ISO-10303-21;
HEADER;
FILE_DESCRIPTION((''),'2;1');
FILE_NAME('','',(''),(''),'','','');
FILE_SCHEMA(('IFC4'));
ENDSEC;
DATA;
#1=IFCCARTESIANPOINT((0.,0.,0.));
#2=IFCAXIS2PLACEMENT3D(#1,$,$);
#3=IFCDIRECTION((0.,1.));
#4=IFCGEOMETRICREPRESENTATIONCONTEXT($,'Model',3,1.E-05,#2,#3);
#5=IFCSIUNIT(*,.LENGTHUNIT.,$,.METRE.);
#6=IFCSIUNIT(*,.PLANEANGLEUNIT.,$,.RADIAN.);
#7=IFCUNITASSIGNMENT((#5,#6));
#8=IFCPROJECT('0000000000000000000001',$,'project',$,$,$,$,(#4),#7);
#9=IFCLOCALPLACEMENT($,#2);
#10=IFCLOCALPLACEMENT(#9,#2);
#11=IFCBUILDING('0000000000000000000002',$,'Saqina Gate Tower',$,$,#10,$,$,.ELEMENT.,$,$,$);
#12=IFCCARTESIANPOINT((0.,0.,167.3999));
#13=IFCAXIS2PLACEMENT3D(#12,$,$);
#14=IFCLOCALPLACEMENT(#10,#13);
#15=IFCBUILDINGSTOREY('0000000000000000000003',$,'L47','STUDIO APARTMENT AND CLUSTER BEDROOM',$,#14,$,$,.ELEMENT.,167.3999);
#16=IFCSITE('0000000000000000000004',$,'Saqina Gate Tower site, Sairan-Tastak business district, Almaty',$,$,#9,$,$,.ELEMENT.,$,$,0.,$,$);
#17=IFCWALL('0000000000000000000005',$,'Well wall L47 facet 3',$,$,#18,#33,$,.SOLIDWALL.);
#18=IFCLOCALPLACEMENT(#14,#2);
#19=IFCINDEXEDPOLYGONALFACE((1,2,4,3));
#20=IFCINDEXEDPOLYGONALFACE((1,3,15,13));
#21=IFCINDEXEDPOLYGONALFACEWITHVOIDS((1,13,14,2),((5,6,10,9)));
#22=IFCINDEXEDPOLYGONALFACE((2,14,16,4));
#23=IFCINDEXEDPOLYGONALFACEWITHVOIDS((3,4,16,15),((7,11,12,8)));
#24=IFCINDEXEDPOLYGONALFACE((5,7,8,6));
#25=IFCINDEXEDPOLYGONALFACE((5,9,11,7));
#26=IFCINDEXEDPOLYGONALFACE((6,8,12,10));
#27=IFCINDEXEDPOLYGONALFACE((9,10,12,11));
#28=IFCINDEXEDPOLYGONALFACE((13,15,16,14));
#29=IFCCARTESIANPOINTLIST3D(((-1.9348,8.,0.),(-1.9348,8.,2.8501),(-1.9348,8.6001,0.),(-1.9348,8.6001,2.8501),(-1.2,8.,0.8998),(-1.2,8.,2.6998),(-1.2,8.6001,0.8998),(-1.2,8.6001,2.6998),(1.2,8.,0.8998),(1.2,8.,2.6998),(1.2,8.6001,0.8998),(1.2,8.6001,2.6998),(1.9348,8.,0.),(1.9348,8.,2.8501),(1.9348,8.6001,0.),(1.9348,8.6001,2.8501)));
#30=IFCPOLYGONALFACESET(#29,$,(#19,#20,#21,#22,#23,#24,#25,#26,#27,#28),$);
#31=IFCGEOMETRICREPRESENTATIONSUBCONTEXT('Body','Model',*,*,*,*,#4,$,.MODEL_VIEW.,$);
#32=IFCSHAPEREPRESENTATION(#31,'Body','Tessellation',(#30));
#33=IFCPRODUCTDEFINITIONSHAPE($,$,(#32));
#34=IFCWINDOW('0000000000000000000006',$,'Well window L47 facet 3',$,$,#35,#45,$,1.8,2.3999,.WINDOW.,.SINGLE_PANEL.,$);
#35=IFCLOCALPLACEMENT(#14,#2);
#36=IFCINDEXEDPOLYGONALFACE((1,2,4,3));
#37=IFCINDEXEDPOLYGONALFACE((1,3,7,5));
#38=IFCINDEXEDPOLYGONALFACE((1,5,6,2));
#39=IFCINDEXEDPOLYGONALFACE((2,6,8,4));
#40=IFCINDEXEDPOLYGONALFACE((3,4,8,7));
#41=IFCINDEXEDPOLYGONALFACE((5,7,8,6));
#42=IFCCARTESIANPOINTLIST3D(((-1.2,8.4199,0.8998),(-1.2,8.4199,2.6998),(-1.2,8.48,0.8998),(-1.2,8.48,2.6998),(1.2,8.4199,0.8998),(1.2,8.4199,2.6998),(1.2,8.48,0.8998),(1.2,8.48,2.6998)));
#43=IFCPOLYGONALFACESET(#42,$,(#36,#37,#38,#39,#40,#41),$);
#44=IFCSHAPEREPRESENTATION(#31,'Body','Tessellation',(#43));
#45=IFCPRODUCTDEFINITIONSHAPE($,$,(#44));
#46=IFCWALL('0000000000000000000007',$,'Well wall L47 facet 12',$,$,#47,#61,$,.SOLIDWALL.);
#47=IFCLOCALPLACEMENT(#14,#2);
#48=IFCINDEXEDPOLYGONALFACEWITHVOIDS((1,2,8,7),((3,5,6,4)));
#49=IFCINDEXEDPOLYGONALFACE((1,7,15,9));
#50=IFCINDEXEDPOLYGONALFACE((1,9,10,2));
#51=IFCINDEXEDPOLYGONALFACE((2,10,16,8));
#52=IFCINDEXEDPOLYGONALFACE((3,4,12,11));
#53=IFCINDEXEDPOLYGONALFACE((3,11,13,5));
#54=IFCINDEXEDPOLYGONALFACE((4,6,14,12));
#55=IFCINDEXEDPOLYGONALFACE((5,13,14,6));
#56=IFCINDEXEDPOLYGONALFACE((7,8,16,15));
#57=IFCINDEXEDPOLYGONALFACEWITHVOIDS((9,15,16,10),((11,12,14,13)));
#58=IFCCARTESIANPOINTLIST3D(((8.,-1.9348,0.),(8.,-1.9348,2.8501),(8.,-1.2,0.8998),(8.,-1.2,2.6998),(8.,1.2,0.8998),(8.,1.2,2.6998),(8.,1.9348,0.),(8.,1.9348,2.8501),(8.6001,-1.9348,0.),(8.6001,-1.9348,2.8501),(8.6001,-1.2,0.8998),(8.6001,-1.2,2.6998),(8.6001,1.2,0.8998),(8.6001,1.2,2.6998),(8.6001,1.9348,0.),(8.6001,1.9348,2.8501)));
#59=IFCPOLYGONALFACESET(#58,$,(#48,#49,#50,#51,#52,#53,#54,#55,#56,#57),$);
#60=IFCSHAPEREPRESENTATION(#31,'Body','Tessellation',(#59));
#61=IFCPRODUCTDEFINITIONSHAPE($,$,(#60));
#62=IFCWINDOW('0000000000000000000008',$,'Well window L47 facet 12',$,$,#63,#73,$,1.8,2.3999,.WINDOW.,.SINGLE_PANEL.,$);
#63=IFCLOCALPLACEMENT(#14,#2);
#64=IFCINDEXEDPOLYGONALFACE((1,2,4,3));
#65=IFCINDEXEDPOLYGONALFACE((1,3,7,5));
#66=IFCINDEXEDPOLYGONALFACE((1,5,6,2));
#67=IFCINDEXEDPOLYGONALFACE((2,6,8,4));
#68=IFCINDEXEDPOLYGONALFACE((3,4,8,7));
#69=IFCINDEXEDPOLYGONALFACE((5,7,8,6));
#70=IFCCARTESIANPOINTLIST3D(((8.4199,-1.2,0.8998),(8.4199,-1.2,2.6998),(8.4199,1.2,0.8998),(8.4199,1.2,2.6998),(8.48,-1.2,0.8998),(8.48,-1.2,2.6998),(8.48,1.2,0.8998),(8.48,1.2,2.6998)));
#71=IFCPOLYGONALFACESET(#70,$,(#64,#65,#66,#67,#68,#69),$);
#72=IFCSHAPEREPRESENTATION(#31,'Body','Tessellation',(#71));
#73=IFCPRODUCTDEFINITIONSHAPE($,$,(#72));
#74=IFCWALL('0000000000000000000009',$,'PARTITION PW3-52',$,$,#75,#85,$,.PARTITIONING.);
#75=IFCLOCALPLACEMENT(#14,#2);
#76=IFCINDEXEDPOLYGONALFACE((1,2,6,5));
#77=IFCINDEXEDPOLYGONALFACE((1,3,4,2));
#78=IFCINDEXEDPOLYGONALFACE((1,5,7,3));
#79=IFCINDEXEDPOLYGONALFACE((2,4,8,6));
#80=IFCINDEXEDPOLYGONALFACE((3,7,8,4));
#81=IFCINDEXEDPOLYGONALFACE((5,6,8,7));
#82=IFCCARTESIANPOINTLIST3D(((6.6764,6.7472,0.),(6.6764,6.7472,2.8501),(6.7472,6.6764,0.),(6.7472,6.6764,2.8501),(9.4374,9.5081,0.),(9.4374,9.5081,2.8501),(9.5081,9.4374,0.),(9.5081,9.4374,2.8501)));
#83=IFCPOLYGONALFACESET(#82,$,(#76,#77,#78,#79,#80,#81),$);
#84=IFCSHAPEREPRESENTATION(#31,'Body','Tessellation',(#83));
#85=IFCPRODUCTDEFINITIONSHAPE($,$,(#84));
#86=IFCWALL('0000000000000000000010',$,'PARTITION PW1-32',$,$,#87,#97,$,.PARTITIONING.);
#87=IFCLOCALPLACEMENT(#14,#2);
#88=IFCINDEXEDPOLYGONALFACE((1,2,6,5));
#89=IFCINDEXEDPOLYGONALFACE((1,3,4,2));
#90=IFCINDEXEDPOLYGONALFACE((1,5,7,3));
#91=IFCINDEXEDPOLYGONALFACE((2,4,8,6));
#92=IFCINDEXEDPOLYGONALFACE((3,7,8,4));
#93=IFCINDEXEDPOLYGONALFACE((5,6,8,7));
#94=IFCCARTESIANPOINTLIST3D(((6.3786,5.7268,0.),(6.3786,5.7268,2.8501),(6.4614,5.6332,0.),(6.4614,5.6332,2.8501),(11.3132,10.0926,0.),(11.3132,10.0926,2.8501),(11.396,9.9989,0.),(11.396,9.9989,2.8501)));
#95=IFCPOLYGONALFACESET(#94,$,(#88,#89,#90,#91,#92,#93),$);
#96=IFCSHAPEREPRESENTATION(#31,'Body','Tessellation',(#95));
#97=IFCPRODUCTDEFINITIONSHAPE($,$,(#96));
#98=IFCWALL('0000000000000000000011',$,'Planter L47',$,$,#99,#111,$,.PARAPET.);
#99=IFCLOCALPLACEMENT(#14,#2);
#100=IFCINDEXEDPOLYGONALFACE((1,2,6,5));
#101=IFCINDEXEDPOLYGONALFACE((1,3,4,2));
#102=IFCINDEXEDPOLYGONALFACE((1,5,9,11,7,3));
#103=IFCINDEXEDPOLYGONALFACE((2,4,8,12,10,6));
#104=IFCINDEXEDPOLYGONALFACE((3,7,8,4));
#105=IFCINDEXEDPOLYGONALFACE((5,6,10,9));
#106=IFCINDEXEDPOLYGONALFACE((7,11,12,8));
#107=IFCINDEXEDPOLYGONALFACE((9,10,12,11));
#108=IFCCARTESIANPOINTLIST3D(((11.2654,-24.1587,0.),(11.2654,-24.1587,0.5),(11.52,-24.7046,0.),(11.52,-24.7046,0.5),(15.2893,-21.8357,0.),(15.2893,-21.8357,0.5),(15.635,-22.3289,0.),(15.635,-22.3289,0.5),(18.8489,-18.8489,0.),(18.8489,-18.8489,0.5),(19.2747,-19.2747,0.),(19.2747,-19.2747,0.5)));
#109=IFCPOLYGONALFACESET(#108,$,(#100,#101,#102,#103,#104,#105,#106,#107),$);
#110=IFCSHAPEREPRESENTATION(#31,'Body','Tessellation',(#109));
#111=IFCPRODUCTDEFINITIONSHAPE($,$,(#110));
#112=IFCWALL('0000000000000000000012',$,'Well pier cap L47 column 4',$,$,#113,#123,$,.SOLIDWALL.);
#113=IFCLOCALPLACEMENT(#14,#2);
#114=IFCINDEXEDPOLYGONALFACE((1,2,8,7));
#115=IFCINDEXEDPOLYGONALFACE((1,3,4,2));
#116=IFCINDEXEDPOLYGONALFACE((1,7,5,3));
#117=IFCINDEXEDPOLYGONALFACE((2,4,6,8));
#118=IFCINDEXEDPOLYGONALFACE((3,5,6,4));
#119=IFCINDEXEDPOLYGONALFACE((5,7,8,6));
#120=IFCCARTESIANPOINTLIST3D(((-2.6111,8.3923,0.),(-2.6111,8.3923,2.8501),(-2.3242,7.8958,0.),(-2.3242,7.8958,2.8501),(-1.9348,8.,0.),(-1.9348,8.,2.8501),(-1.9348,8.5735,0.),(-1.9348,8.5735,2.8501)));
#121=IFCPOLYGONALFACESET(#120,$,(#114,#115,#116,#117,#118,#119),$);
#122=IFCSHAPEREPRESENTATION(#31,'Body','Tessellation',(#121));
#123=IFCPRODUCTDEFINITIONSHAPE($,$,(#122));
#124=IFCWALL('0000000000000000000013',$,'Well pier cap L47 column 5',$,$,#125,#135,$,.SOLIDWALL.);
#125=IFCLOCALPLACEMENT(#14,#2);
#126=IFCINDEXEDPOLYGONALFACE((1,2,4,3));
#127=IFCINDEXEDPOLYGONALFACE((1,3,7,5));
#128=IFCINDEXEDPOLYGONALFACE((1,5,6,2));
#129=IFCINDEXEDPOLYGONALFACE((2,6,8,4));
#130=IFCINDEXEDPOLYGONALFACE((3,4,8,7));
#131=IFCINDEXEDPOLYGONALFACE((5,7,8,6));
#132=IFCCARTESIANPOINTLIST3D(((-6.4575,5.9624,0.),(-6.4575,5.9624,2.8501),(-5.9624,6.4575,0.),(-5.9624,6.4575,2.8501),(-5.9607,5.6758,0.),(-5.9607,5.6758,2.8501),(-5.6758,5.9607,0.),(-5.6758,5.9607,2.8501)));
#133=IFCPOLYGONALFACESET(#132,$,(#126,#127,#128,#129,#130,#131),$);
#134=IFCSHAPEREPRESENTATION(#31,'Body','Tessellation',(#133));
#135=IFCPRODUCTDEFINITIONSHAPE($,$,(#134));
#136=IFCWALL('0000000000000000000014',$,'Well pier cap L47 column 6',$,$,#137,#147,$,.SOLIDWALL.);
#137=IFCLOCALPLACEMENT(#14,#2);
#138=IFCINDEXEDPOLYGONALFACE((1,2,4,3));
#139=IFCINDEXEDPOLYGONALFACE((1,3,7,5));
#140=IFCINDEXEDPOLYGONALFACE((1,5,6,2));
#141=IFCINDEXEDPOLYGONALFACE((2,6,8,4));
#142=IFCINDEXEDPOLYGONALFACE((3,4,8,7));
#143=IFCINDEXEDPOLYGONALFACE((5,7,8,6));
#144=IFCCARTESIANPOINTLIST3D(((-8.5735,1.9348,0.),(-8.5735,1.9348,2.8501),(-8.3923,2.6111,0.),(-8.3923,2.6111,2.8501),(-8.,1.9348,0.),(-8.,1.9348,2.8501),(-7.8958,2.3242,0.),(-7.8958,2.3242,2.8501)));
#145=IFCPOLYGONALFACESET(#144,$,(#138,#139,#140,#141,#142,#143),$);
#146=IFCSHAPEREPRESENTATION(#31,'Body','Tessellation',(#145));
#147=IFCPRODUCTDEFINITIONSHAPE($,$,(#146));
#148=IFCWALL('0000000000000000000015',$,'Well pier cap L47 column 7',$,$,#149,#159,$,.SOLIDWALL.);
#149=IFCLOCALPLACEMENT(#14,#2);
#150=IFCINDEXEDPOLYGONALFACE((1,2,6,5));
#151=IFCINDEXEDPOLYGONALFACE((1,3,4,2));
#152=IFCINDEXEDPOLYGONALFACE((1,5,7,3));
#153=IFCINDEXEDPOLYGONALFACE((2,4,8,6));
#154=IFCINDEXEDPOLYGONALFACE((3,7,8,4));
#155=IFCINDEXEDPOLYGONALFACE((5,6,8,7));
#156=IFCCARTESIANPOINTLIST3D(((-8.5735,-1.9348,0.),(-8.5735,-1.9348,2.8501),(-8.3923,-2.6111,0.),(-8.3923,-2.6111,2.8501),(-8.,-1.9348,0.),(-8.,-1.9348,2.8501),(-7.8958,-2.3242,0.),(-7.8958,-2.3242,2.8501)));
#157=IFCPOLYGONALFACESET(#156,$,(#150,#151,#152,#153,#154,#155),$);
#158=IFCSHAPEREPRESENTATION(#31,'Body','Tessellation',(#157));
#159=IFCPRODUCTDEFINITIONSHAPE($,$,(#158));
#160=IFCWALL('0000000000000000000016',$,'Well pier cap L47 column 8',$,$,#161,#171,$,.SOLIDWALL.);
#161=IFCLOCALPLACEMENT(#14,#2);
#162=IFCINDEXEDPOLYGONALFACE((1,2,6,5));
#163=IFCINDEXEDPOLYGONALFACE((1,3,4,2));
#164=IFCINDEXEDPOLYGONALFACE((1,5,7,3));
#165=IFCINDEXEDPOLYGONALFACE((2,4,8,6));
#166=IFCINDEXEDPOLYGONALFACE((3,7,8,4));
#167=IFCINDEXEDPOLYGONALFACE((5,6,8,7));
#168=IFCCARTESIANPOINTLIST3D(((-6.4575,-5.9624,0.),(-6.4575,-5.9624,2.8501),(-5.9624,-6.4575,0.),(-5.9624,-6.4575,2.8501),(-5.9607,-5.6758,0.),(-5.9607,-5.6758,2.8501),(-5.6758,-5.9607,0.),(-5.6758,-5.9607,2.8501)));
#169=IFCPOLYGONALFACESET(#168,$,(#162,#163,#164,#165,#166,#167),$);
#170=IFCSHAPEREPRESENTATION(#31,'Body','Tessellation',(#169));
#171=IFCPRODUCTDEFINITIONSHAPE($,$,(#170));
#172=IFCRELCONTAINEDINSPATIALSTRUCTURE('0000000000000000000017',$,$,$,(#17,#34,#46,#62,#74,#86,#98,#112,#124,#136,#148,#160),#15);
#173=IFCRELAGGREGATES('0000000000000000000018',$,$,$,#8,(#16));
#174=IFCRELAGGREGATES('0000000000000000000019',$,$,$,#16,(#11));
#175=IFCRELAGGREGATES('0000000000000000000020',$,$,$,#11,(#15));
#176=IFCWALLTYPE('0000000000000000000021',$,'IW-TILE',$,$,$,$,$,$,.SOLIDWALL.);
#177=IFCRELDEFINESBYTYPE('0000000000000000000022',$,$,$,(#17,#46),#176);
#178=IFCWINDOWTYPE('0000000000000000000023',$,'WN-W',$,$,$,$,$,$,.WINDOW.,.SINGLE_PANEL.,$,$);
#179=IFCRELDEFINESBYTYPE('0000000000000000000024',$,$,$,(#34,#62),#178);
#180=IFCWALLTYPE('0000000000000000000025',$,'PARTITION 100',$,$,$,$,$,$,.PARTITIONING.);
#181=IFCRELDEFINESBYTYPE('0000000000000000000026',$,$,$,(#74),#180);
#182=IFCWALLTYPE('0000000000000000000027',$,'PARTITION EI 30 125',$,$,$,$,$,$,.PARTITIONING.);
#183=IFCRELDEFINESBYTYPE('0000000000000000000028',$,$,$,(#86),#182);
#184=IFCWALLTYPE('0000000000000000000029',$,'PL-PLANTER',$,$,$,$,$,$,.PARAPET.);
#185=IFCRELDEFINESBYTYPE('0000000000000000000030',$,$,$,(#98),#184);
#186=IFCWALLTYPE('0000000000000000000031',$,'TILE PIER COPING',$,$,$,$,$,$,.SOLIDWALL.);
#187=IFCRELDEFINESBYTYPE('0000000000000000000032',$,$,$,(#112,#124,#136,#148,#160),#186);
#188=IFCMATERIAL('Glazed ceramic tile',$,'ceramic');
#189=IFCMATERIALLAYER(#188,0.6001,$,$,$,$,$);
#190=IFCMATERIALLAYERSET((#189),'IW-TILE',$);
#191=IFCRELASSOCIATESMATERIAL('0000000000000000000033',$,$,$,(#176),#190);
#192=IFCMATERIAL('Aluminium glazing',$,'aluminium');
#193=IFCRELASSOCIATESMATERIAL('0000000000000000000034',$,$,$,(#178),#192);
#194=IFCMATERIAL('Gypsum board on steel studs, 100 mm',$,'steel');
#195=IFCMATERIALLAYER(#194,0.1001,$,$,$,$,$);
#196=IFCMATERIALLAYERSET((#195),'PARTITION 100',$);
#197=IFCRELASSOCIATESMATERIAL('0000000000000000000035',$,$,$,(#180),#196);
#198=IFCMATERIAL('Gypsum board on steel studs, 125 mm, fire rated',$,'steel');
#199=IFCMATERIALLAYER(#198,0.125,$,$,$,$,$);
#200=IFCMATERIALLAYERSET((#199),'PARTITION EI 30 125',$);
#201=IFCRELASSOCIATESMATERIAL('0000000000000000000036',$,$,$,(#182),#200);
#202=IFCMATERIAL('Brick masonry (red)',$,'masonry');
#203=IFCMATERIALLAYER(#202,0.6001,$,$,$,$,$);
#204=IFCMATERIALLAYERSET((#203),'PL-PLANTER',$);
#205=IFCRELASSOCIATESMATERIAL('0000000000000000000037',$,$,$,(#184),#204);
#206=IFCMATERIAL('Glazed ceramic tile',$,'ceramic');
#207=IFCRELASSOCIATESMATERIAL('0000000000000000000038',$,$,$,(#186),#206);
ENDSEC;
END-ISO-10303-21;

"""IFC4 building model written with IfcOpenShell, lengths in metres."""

from ifc_helpers import new_model, si_unit, direction, frame, frame_2d, origin, place, context, subcontext, project, spatial, polyline, rectangle, outline, extrude, material, layer, layer_set, type_object, element, fill, save


model = new_model("IFC4")

# Units and contexts
model_context = context("Model", 3, precision=1e-05, world=origin(), true_north=direction((0.0, 1.0)))
body_context = subcontext(model_context, "Body", "Model", "MODEL_VIEW")
ifc_project = project(units=[si_unit("LENGTHUNIT", "METRE"), si_unit("PLANEANGLEUNIT", "RADIAN")], contexts=[model_context])

# Site, building, storey
site_placement = place(None, origin())
site = spatial("IfcSite", under=ifc_project, at=site_placement, Name="Saqina Gate Tower site, Sairan-Tastak business district, Almaty", CompositionType="ELEMENT", RefElevation=0.0)
building_placement = place(site_placement, origin())
building = spatial("IfcBuilding", under=site, at=building_placement, Name="Saqina Gate Tower", CompositionType="ELEMENT")
storey_placement = place(building_placement, frame((0.0, 0.0, 167.3999)))
storey = spatial("IfcBuildingStorey", under=building, at=storey_placement, Name="L47", Description="STUDIO APARTMENT AND CLUSTER BEDROOM", CompositionType="ELEMENT", Elevation=167.3999)

# Walls, openings, windows
ifc_material_1 = material(Name="Glazed ceramic tile", Category="ceramic")
ifc_layer_1 = layer(ifc_material_1, 0.6001)
ifc_layer_set_1 = layer_set([ifc_layer_1], Name="IW-TILE")
wall_type_1 = type_object("IfcWallType", Name="IW-TILE", PredefinedType="SOLIDWALL", material=ifc_layer_set_1)
ifc_material_2 = material(Name="Aluminium glazing", Category="aluminium")
window_type = type_object("IfcWindowType", Name="WN-W", PartitioningType="SINGLE_PANEL", PredefinedType="WINDOW", material=ifc_material_2)
wall_1_placement = place(storey_placement, frame((1.9348, 8.3, 0.0), z_axis=(0.0, 0.0, 1.0), x_axis=(-1.0, 0.0, 0.0)))
wall_1 = element("IfcWall", 1, at=wall_1_placement, inside=storey, type_object=wall_type_1, Name="Well wall L47 facet 3", PredefinedType="SOLIDWALL", context=body_context, shape_type="SweptSolid", body=[
    extrude(rectangle(XDim=3.8696, YDim=0.6001, at=frame_2d((1.9348, 0.0))), origin(), (0.0, 0.0, 1.0), 2.8501),
])
opening_1_placement = place(wall_1_placement, frame((0.7349, 0.0, 0.8999)))
opening_1 = element("IfcOpeningElement", 2, at=opening_1_placement, cuts=wall_1, PredefinedType="OPENING", context=body_context, shape_type="SweptSolid", body=[
    extrude(rectangle(XDim=2.3999, YDim=1.8, at=frame_2d((1.2, 0.8999))), frame((0.0, 0.312, 0.0), z_axis=(0.0, -1.0, 0.0), x_axis=(1.0, 0.0, 0.0)), (0.0, 0.0, 1.0), 0.624),
])
window_1_placement = place(opening_1_placement, origin())
window_1 = element("IfcWindow", 3, at=window_1_placement, inside=storey, type_object=window_type, Name="Well window L47 facet 3", OverallHeight=1.8, OverallWidth=2.3999, PartitioningType="SINGLE_PANEL", PredefinedType="WINDOW", context=body_context, shape_type="SweptSolid", body=[
    extrude(rectangle(XDim=2.3999, YDim=1.8, at=frame_2d((1.2, 0.8999))), frame((0.0, -0.1199, 0.0), z_axis=(0.0, -1.0, 0.0), x_axis=(1.0, 0.0, 0.0)), (0.0, 0.0, 1.0), 0.0601),
])
fill(opening_1, window_1)
wall_2_placement = place(storey_placement, frame((8.3, -1.9348, 0.0), z_axis=(0.0, 0.0, 1.0), x_axis=(0.0, 1.0, 0.0)))
wall_2 = element("IfcWall", 4, at=wall_2_placement, inside=storey, type_object=wall_type_1, Name="Well wall L47 facet 12", PredefinedType="SOLIDWALL", context=body_context, shape_type="SweptSolid", body=[
    extrude(rectangle(XDim=3.8696, YDim=0.6001, at=frame_2d((1.9348, 0.0))), origin(), (0.0, 0.0, 1.0), 2.8501),
])
opening_2_placement = place(wall_2_placement, frame((0.7349, 0.0, 0.8999)))
opening_2 = element("IfcOpeningElement", 5, at=opening_2_placement, cuts=wall_2, PredefinedType="OPENING", context=body_context, shape_type="SweptSolid", body=[
    extrude(rectangle(XDim=2.3999, YDim=1.8, at=frame_2d((1.2, 0.8999))), frame((0.0, 0.312, 0.0), z_axis=(0.0, -1.0, 0.0), x_axis=(1.0, 0.0, 0.0)), (0.0, 0.0, 1.0), 0.624),
])
window_2_placement = place(opening_2_placement, origin())
window_2 = element("IfcWindow", 6, at=window_2_placement, inside=storey, type_object=window_type, Name="Well window L47 facet 12", OverallHeight=1.8, OverallWidth=2.3999, PartitioningType="SINGLE_PANEL", PredefinedType="WINDOW", context=body_context, shape_type="SweptSolid", body=[
    extrude(rectangle(XDim=2.3999, YDim=1.8, at=frame_2d((1.2, 0.8999))), frame((0.0, -0.1199, 0.0), z_axis=(0.0, -1.0, 0.0), x_axis=(1.0, 0.0, 0.0)), (0.0, 0.0, 1.0), 0.0601),
])
fill(opening_2, window_2)

# Walls
ifc_material_3 = material(Name="Gypsum board on steel studs, 100 mm", Category="steel")
ifc_layer_2 = layer(ifc_material_3, 0.1001)
ifc_layer_set_2 = layer_set([ifc_layer_2], Name="PARTITION 100")
wall_type_2 = type_object("IfcWallType", Name="PARTITION 100", PredefinedType="PARTITIONING", material=ifc_layer_set_2)
wall_3_placement = place(storey_placement, frame((6.7119, 6.7119, 0.0), z_axis=(0.0, 0.0, 1.0), x_axis=(0.707107, 0.707107, 0.0)))
element("IfcWall", 7, at=wall_3_placement, inside=storey, type_object=wall_type_2, Name="PARTITION PW3-52", PredefinedType="PARTITIONING", context=body_context, shape_type="SweptSolid", body=[
    extrude(rectangle(XDim=3.9045, YDim=0.1001, at=frame_2d((1.9521, 0.0))), origin(), (0.0, 0.0, 1.0), 2.8501),
])
ifc_material_4 = material(Name="Gypsum board on steel studs, 125 mm, fire rated", Category="steel")
ifc_layer_3 = layer(ifc_material_4, 0.125)
ifc_layer_set_3 = layer_set([ifc_layer_3], Name="PARTITION EI 30 125")
wall_type_3 = type_object("IfcWallType", Name="PARTITION EI 30 125", PredefinedType="PARTITIONING", material=ifc_layer_set_3)
wall_4_placement = place(storey_placement, frame((6.4199, 5.6799, 0.0), z_axis=(0.0, 0.0, 1.0), x_axis=(0.748957, 0.662619, 0.0)))
element("IfcWall", 8, at=wall_4_placement, inside=storey, type_object=wall_type_3, Name="PARTITION PW1-32", PredefinedType="PARTITIONING", context=body_context, shape_type="SweptSolid", body=[
    extrude(rectangle(XDim=6.5886, YDim=0.125, at=frame_2d((3.2944, 0.0))), origin(), (0.0, 0.0, 1.0), 2.8501),
])
ifc_material_5 = material(Name="Brick masonry (red)", Category="masonry")
ifc_layer_4 = layer(ifc_material_5, 0.6001)
ifc_layer_set_4 = layer_set([ifc_layer_4], Name="PL-PLANTER")
wall_type_4 = type_object("IfcWallType", Name="PL-PLANTER", PredefinedType="PARAPET", material=ifc_layer_set_4)
wall_5_placement = place(storey_placement, origin())
element("IfcWall", 9, at=wall_5_placement, inside=storey, type_object=wall_type_4, Name="Planter L47", PredefinedType="PARAPET", context=body_context, shape_type="SweptSolid", body=[
    extrude(outline(polyline([(11.52, -24.7046), (15.635, -22.3289), (19.2747, -19.2747), (18.8489, -18.8489), (15.2893, -21.8357), (11.2654, -24.1587), (11.52, -24.7046)])), origin(), (0.0, 0.0, 1.0), 0.5),
])
ifc_material_6 = material(Name="Glazed ceramic tile", Category="ceramic")
wall_type_5 = type_object("IfcWallType", Name="TILE PIER COPING", PredefinedType="SOLIDWALL", material=ifc_material_6)
wall_6_placement = place(storey_placement, origin())
element("IfcWall", 10, at=wall_6_placement, inside=storey, type_object=wall_type_5, Name="Well pier cap L47 column 4", PredefinedType="SOLIDWALL", context=body_context, shape_type="SweptSolid", body=[
    extrude(outline(polyline([(-1.9348, 8.0), (-1.9348, 8.5735), (-2.6111, 8.3923), (-2.3242, 7.8958), (-1.9348, 8.0)])), origin(), (0.0, 0.0, 1.0), 2.8501),
])
wall_7_placement = place(storey_placement, origin())
element("IfcWall", 11, at=wall_7_placement, inside=storey, type_object=wall_type_5, Name="Well pier cap L47 column 5", PredefinedType="SOLIDWALL", context=body_context, shape_type="SweptSolid", body=[
    extrude(outline(polyline([(-6.4575, 5.9624), (-5.9607, 5.6758), (-5.6758, 5.9607), (-5.9624, 6.4575), (-6.4575, 5.9624)])), origin(), (0.0, 0.0, 1.0), 2.8501),
])
wall_8_placement = place(storey_placement, origin())
element("IfcWall", 12, at=wall_8_placement, inside=storey, type_object=wall_type_5, Name="Well pier cap L47 column 6", PredefinedType="SOLIDWALL", context=body_context, shape_type="SweptSolid", body=[
    extrude(outline(polyline([(-8.5735, 1.9348), (-8.0, 1.9348), (-7.8958, 2.3242), (-8.3923, 2.6111), (-8.5735, 1.9348)])), origin(), (0.0, 0.0, 1.0), 2.8501),
])
wall_9_placement = place(storey_placement, origin())
element("IfcWall", 13, at=wall_9_placement, inside=storey, type_object=wall_type_5, Name="Well pier cap L47 column 7", PredefinedType="SOLIDWALL", context=body_context, shape_type="SweptSolid", body=[
    extrude(outline(polyline([(-8.0, -1.9348), (-8.5735, -1.9348), (-8.3923, -2.6111), (-7.8958, -2.3242), (-8.0, -1.9348)])), origin(), (0.0, 0.0, 1.0), 2.8501),
])
wall_10_placement = place(storey_placement, origin())
element("IfcWall", 14, at=wall_10_placement, inside=storey, type_object=wall_type_5, Name="Well pier cap L47 column 8", PredefinedType="SOLIDWALL", context=body_context, shape_type="SweptSolid", body=[
    extrude(outline(polyline([(-6.4575, -5.9624), (-5.9624, -6.4575), (-5.6758, -5.9607), (-5.9607, -5.6758), (-6.4575, -5.9624)])), origin(), (0.0, 0.0, 1.0), 2.8501),
])

save(model, "model.ifc")
